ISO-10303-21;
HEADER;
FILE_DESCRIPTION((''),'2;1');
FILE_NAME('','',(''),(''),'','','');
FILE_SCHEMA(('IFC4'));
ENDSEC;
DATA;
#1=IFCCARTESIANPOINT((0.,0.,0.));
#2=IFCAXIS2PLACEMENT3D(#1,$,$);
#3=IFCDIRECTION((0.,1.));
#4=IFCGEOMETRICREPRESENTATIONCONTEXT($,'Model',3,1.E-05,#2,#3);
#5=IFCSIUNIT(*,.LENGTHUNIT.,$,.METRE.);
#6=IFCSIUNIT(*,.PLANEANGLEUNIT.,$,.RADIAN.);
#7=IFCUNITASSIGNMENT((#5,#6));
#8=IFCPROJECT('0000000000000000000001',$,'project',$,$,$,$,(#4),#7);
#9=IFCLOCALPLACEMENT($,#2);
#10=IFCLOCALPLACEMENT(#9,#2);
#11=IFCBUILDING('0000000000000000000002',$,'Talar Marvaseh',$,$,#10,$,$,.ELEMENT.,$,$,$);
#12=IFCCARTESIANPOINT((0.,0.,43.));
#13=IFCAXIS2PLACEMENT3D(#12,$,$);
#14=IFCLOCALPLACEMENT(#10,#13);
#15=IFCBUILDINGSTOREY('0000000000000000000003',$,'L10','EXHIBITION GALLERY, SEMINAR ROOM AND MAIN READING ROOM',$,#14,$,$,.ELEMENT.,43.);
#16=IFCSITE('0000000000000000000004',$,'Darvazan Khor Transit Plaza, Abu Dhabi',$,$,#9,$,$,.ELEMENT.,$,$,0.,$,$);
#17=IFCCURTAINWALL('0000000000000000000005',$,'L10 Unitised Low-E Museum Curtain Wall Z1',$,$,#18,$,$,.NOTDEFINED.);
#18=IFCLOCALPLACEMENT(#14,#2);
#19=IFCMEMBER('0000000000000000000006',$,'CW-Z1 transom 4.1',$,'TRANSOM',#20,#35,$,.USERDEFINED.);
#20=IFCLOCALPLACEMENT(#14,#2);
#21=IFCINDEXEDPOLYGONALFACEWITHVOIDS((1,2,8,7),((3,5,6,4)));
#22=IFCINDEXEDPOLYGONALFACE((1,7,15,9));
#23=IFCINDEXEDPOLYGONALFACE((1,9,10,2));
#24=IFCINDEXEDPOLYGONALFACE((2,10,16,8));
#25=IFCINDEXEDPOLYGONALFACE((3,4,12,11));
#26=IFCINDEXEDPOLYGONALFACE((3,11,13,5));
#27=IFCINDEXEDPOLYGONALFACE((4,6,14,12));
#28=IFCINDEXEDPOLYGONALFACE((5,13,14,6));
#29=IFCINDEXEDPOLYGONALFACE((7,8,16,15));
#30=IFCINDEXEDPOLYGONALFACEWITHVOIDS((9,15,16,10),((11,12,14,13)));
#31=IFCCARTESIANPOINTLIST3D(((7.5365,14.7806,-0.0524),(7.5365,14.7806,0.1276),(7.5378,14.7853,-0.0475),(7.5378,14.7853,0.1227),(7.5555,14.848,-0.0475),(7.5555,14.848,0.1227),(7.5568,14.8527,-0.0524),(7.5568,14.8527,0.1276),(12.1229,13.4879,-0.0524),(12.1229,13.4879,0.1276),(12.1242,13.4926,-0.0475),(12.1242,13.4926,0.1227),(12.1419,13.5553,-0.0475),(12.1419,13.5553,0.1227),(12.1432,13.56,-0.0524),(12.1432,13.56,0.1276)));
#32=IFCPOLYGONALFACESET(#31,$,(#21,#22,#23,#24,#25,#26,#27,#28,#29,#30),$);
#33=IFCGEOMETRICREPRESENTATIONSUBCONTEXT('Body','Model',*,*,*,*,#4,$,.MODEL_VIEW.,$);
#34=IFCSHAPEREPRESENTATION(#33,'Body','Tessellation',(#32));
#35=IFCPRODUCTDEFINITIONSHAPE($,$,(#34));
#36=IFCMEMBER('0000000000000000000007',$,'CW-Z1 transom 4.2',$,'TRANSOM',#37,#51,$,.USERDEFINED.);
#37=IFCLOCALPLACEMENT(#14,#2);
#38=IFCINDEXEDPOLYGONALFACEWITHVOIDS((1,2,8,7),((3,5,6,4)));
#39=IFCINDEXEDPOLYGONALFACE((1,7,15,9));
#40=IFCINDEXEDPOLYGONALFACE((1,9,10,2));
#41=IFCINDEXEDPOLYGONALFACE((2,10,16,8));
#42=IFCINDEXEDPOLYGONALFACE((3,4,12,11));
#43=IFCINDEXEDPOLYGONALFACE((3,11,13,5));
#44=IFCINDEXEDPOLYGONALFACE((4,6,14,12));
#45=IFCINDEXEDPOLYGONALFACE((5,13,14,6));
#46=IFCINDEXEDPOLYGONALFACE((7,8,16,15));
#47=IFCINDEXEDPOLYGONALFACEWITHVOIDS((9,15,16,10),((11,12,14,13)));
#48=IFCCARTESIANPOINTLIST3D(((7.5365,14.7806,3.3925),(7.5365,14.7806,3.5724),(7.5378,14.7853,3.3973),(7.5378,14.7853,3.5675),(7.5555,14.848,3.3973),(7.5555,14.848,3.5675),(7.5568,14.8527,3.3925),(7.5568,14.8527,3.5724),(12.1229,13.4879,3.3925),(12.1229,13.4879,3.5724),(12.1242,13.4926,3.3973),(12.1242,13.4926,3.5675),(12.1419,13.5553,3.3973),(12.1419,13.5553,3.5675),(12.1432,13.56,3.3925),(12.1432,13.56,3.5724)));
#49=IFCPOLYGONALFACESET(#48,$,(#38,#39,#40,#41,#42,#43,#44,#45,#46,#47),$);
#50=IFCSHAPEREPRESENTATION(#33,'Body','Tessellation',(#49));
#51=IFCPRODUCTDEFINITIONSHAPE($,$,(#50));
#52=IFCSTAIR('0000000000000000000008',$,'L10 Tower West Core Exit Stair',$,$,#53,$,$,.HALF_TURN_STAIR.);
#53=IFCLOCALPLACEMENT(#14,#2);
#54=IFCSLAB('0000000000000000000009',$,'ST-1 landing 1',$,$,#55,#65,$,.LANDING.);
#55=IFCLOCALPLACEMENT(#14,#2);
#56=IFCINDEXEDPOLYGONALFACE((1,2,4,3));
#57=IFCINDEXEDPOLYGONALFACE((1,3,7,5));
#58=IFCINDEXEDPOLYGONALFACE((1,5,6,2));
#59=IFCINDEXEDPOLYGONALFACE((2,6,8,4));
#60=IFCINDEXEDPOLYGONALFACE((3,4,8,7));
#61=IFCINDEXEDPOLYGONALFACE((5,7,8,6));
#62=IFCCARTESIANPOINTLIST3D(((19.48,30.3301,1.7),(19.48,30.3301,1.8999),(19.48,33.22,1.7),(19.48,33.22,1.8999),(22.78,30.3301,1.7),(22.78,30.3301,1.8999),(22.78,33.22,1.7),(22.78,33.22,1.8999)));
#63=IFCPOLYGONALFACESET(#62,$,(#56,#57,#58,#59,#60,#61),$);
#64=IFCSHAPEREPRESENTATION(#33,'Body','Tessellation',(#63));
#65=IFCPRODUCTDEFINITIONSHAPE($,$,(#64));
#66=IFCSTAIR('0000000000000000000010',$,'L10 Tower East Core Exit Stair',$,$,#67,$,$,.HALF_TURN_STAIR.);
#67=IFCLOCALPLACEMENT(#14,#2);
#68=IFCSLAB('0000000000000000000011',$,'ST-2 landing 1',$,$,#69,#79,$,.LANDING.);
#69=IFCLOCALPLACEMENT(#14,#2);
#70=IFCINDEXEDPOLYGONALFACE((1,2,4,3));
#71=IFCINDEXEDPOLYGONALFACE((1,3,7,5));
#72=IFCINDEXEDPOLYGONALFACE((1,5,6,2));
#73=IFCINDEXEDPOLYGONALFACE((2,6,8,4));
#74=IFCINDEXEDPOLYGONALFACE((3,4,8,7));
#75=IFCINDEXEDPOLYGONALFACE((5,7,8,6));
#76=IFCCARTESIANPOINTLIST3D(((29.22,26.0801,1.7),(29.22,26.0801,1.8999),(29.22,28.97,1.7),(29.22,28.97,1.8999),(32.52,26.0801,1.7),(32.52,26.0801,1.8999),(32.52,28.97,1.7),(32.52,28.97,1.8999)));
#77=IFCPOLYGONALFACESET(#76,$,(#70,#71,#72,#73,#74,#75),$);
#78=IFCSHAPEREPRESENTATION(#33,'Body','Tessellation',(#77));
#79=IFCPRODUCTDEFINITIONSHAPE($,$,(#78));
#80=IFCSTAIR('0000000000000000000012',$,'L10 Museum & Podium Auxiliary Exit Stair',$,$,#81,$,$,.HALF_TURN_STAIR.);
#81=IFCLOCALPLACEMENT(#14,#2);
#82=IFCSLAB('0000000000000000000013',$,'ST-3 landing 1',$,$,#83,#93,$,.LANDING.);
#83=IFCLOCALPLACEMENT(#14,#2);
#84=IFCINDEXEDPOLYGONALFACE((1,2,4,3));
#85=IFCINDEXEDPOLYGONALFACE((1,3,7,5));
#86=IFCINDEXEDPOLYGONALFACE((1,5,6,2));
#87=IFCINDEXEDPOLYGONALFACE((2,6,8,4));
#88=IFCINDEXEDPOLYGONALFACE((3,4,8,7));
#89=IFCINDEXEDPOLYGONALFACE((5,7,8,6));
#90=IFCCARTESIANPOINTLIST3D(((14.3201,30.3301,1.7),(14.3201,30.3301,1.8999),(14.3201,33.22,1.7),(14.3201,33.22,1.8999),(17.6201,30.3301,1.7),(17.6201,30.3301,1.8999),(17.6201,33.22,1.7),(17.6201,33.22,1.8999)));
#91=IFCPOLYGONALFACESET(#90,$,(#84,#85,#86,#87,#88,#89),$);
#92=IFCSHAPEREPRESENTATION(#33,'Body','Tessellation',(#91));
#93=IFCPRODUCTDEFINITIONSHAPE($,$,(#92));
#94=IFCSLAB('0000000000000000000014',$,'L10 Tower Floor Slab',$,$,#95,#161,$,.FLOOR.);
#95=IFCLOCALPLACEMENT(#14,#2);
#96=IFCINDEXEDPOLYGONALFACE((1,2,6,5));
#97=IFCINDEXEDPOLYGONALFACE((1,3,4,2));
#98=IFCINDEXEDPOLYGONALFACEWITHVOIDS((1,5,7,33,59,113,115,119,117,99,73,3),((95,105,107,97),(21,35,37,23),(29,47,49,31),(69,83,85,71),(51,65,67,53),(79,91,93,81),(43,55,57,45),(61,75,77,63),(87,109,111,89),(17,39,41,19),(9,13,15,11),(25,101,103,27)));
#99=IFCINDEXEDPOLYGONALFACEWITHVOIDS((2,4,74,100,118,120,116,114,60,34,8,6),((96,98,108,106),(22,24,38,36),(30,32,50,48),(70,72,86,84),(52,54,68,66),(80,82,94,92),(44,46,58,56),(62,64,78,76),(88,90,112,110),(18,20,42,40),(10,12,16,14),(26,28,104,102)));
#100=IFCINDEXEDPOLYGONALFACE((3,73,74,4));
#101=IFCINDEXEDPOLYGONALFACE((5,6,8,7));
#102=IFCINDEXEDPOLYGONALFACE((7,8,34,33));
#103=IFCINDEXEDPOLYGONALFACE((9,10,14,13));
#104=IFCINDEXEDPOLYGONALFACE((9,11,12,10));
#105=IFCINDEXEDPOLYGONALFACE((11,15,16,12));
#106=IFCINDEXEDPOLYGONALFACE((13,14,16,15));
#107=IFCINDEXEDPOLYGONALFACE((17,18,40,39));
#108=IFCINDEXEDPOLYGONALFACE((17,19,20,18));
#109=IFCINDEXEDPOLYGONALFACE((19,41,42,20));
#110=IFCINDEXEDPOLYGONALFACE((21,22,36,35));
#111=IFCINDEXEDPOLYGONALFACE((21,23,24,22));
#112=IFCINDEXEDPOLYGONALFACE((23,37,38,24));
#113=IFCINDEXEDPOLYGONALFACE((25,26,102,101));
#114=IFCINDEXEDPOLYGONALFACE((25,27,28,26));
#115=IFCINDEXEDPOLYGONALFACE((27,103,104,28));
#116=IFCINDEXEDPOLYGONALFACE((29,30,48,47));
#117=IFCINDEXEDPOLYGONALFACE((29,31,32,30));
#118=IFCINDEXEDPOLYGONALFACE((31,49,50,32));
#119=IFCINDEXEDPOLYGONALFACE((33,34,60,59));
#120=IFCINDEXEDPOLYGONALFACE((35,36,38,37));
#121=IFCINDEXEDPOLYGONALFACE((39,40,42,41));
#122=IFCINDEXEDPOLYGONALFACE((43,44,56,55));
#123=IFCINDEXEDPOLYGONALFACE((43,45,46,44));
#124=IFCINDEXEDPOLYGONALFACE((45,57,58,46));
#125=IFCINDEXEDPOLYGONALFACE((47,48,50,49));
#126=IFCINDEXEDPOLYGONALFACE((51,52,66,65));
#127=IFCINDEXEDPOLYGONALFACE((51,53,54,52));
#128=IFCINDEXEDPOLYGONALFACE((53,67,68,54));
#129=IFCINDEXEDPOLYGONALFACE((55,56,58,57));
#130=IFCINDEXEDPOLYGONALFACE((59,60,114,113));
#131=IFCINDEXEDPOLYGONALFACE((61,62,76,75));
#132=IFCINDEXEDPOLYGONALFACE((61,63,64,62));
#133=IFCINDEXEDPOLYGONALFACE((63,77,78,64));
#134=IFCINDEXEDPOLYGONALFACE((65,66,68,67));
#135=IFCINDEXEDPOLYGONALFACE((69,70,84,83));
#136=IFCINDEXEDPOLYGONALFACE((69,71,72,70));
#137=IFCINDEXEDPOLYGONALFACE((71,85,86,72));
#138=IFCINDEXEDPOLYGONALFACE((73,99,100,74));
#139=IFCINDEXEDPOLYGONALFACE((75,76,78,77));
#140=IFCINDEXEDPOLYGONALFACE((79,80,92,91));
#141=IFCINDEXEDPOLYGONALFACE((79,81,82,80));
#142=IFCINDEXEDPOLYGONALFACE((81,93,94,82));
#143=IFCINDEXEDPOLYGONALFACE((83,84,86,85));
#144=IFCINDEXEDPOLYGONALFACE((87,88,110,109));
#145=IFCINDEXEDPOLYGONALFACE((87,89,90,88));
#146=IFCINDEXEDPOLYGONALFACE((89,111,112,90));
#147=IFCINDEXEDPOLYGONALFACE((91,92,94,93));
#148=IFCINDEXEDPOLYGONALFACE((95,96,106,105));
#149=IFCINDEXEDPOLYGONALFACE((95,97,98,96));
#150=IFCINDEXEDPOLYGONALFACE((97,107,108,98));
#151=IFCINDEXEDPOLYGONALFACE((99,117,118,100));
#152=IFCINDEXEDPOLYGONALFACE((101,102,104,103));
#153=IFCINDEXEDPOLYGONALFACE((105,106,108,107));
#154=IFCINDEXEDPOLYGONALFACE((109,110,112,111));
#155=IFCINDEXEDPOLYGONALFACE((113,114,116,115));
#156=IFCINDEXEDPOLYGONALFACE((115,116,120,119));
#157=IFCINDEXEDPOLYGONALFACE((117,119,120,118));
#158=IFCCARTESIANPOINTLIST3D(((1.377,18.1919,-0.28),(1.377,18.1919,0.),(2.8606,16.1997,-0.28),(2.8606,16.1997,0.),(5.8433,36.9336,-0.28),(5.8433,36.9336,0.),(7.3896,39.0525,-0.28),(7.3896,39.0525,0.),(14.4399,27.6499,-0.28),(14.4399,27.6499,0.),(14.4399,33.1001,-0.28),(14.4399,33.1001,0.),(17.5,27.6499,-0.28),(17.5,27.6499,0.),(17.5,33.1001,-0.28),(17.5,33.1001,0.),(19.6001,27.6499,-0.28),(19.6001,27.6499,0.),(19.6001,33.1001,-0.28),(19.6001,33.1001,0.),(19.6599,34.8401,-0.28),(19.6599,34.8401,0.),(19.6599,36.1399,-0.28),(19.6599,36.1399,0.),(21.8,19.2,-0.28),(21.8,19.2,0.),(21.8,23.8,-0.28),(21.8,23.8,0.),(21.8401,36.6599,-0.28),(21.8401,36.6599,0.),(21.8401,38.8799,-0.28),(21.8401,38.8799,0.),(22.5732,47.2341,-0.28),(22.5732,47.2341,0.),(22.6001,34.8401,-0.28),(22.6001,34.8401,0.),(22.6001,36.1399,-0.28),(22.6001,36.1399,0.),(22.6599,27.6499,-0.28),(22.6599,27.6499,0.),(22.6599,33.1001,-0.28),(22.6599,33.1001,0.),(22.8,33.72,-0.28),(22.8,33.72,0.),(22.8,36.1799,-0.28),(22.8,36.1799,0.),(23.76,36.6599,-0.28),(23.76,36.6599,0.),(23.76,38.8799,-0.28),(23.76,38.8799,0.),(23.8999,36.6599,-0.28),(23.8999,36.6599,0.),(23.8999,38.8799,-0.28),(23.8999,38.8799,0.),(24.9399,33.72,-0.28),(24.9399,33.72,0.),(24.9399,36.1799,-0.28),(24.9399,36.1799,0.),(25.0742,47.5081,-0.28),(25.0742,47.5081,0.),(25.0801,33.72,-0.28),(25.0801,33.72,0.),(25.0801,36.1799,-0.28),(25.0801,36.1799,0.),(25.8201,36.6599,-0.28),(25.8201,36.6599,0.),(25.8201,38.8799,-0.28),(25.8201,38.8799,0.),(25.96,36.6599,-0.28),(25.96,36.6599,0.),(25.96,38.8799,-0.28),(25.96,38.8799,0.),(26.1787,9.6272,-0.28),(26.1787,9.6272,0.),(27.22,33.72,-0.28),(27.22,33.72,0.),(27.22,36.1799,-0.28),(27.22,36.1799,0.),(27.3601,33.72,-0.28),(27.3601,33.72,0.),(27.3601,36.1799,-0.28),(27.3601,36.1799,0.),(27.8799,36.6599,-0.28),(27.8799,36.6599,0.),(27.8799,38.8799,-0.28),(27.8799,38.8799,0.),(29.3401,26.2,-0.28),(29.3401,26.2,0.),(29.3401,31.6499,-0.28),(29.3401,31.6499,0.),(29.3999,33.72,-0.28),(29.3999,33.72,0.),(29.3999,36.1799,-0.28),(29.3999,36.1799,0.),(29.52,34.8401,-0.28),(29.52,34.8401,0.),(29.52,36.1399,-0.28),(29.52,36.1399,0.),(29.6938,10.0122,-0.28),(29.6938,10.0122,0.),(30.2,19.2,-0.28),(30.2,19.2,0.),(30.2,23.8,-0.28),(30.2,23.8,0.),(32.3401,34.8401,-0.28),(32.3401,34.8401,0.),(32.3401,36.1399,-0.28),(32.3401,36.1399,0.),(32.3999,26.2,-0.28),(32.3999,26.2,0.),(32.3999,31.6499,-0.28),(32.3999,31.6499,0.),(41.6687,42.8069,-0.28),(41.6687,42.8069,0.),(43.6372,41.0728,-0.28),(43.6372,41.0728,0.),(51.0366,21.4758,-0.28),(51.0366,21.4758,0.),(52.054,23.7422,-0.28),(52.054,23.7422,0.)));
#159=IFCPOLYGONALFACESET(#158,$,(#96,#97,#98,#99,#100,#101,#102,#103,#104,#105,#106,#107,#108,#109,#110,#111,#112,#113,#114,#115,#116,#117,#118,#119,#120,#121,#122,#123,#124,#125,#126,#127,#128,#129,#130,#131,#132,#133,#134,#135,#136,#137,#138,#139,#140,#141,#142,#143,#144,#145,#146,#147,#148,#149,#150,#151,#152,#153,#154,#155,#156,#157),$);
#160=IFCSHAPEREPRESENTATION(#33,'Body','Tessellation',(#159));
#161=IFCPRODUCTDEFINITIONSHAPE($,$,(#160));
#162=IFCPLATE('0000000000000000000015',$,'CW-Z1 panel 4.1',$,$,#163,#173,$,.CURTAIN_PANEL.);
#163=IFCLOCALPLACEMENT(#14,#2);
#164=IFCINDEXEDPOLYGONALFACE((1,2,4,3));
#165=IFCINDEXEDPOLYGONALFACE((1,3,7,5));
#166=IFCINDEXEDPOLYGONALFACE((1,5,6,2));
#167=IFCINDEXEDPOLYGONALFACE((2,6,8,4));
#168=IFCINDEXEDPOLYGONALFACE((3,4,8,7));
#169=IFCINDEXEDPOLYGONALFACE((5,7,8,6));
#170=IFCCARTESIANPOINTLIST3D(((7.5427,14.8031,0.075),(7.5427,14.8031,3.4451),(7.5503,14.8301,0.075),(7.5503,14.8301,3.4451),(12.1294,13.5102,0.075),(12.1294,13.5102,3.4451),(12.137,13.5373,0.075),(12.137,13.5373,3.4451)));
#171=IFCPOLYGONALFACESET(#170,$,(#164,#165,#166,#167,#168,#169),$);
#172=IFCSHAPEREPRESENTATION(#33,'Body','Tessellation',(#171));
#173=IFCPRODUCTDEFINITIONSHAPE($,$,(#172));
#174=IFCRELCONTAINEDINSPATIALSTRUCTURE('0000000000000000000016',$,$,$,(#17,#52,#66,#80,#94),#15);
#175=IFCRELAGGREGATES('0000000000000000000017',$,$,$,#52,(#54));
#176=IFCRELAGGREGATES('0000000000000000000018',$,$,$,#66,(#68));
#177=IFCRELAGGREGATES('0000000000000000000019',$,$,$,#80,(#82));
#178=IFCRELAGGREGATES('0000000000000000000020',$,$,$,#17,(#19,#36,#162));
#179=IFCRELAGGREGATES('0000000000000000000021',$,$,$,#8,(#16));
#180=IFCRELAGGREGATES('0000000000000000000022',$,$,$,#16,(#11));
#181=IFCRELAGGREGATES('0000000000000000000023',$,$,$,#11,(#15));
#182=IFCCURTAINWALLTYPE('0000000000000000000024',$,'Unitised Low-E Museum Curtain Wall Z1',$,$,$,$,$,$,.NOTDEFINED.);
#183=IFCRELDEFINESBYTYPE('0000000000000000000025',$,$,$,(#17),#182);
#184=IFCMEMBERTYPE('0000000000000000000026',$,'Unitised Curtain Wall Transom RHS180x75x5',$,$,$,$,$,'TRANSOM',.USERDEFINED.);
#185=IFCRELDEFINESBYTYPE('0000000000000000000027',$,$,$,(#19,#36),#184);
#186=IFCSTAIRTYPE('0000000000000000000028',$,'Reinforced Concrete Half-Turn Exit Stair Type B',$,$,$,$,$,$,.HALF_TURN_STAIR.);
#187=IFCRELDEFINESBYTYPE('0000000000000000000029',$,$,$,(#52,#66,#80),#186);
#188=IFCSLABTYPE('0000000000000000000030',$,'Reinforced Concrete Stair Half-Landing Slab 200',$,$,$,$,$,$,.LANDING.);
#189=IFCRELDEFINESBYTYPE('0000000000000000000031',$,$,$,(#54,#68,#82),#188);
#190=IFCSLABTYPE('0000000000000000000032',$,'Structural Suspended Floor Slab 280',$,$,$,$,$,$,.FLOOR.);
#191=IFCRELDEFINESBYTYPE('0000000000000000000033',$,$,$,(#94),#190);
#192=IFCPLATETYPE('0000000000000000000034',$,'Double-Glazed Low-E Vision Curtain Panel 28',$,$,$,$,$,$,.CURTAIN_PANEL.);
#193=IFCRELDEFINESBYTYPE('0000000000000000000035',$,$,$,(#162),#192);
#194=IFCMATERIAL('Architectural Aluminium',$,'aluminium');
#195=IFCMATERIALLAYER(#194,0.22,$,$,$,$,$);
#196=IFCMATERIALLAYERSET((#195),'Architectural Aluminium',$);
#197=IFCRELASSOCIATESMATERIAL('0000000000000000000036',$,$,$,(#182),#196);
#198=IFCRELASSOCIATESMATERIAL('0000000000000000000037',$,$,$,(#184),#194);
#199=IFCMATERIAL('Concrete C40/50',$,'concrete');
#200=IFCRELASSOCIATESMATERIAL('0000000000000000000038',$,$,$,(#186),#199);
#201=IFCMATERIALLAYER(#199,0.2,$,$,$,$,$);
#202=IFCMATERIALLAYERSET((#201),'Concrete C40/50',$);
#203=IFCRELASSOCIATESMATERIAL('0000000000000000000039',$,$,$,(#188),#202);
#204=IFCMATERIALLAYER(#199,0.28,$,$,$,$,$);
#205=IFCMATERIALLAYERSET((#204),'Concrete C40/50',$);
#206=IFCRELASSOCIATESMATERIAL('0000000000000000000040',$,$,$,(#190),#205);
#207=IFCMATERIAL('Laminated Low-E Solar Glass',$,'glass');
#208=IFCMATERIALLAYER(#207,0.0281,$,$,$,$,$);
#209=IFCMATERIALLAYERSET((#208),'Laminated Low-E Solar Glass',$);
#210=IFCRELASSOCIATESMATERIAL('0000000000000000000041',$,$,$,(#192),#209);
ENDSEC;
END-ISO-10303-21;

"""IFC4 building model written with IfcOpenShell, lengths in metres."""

from ifc_helpers import new_model, si_unit, direction, frame, origin, origin_2d, place, context, subcontext, project, spatial, polyline, rectangle, hollow_rectangle, outline, extrude, source, transform, mapped, material, layer, layer_set, material_profile, profile_set, type_object, type_shapes, element, aggregate, save


model = new_model("IFC4")

# Units and contexts
model_context = context("Model", 3, precision=1e-05, world=origin(), true_north=direction((0.0, 1.0)))
body_context = subcontext(model_context, "Body", "Model", "MODEL_VIEW")
ifc_project = project(units=[si_unit("LENGTHUNIT", "METRE"), si_unit("PLANEANGLEUNIT", "RADIAN")], contexts=[model_context])

# Site, building, storey
site_placement = place(None, origin())
site = spatial("IfcSite", under=ifc_project, at=site_placement, Name="Darvazan Khor Transit Plaza, Abu Dhabi", CompositionType="ELEMENT", RefElevation=0.0)
building_placement = place(site_placement, origin())
building = spatial("IfcBuilding", under=site, at=building_placement, Name="Talar Marvaseh", CompositionType="ELEMENT")
storey_placement = place(building_placement, frame((0.0, 0.0, 43.0)))
storey = spatial("IfcBuildingStorey", under=building, at=storey_placement, Name="L10", Description="EXHIBITION GALLERY, SEMINAR ROOM AND MAIN READING ROOM", CompositionType="ELEMENT", Elevation=43.0)

# Curtain wall, members
ifc_material_1 = material(Name="Architectural Aluminium", Category="aluminium")
ifc_layer_1 = layer(ifc_material_1, 0.22)
ifc_layer_set_1 = layer_set([ifc_layer_1], Name="Architectural Aluminium")
curtain_wall_type = type_object("IfcCurtainWallType", Name="Unitised Low-E Museum Curtain Wall Z1", PredefinedType="NOTDEFINED", material=ifc_layer_set_1)
curtain_wall_placement = place(storey_placement, origin())
curtain_wall = element("IfcCurtainWall", 1, at=curtain_wall_placement, inside=storey, type_object=curtain_wall_type, Name="L10 Unitised Low-E Museum Curtain Wall Z1", PredefinedType="NOTDEFINED")
ifc_material_profile = material_profile(ifc_material_1, hollow_rectangle(XDim=0.075, YDim=0.1799, WallThickness=0.0049, at=origin_2d()), Name="RHS180x75x5")
ifc_profile_set = profile_set([ifc_material_profile], Name="Architectural Aluminium")
member_type = type_object("IfcMemberType", Name="Unitised Curtain Wall Transom RHS180x75x5", ElementType="TRANSOM", PredefinedType="USERDEFINED", material=ifc_profile_set)
shared_shape_1 = source(origin(), body_context, "Body", "SweptSolid", [
    extrude(hollow_rectangle(XDim=0.075, YDim=0.1799, WallThickness=0.0049, at=origin_2d()), origin(), (0.0, 0.0, 1.0), 4.7651),
])
type_shapes(member_type, [shared_shape_1])
member_1_placement = place(storey_placement, frame((12.1331, 13.5239, 0.0376), z_axis=(-0.962498, 0.271289, 0.0), x_axis=(-0.271289, -0.962498, 0.0)))
member_1 = element("IfcMember", 2, at=member_1_placement, type_object=member_type, Name="CW-Z1 transom 4.1", ObjectType="TRANSOM", PredefinedType="USERDEFINED", context=body_context, shape_type="MappedRepresentation", body=[
    mapped(shared_shape_1, transform((0.0, 0.0, 0.0), x_axis=(1.0, 0.0, 0.0), y_axis=(0.0, 1.0, 0.0), z_axis=(0.0, 0.0, 1.0), scale=1.0)),
])
member_2_placement = place(storey_placement, frame((12.1331, 13.5239, 3.4824), z_axis=(-0.962498, 0.271289, 0.0), x_axis=(-0.271289, -0.962498, 0.0)))
member_2 = element("IfcMember", 3, at=member_2_placement, type_object=member_type, Name="CW-Z1 transom 4.2", ObjectType="TRANSOM", PredefinedType="USERDEFINED", context=body_context, shape_type="MappedRepresentation", body=[
    mapped(shared_shape_1, transform((0.0, 0.0, 0.0), x_axis=(1.0, 0.0, 0.0), y_axis=(0.0, 1.0, 0.0), z_axis=(0.0, 0.0, 1.0), scale=1.0)),
])

# Stairs, slabs
ifc_material_2 = material(Name="Concrete C40/50", Category="concrete")
stair_type = type_object("IfcStairType", Name="Reinforced Concrete Half-Turn Exit Stair Type B", PredefinedType="HALF_TURN_STAIR", material=ifc_material_2)
stair_1_placement = place(storey_placement, origin())
stair_1 = element("IfcStair", 4, at=stair_1_placement, inside=storey, type_object=stair_type, Name="L10 Tower West Core Exit Stair", PredefinedType="HALF_TURN_STAIR")
ifc_layer_2 = layer(ifc_material_2, 0.2)
ifc_layer_set_2 = layer_set([ifc_layer_2], Name="Concrete C40/50")
slab_type_1 = type_object("IfcSlabType", Name="Reinforced Concrete Stair Half-Landing Slab 200", PredefinedType="LANDING", material=ifc_layer_set_2)
slab_1_placement = place(storey_placement, frame((0.0, 0.0, 1.7)))
slab_1 = element("IfcSlab", 5, at=slab_1_placement, type_object=slab_type_1, Name="ST-1 landing 1", PredefinedType="LANDING", context=body_context, shape_type="SweptSolid", body=[
    extrude(outline(polyline([(22.78, 30.3301), (22.78, 33.22), (19.48, 33.22), (19.48, 30.3301), (22.78, 30.3301)])), origin(), (0.0, 0.0, 1.0), 0.2),
])
aggregate(stair_1, [slab_1])
stair_2_placement = place(storey_placement, origin())
stair_2 = element("IfcStair", 6, at=stair_2_placement, inside=storey, type_object=stair_type, Name="L10 Tower East Core Exit Stair", PredefinedType="HALF_TURN_STAIR")
slab_2_placement = place(storey_placement, frame((0.0, 0.0, 1.7)))
slab_2 = element("IfcSlab", 7, at=slab_2_placement, type_object=slab_type_1, Name="ST-2 landing 1", PredefinedType="LANDING", context=body_context, shape_type="SweptSolid", body=[
    extrude(outline(polyline([(29.22, 28.97), (29.22, 26.0801), (32.52, 26.0801), (32.52, 28.97), (29.22, 28.97)])), origin(), (0.0, 0.0, 1.0), 0.2),
])
aggregate(stair_2, [slab_2])
stair_3_placement = place(storey_placement, origin())
stair_3 = element("IfcStair", 8, at=stair_3_placement, inside=storey, type_object=stair_type, Name="L10 Museum & Podium Auxiliary Exit Stair", PredefinedType="HALF_TURN_STAIR")
slab_3_placement = place(storey_placement, frame((0.0, 0.0, 1.7)))
slab_3 = element("IfcSlab", 9, at=slab_3_placement, type_object=slab_type_1, Name="ST-3 landing 1", PredefinedType="LANDING", context=body_context, shape_type="SweptSolid", body=[
    extrude(outline(polyline([(17.6201, 30.3301), (17.6201, 33.22), (14.3201, 33.22), (14.3201, 30.3301), (17.6201, 30.3301)])), origin(), (0.0, 0.0, 1.0), 0.2),
])
aggregate(stair_3, [slab_3])

# Slab
ifc_layer_3 = layer(ifc_material_2, 0.28)
ifc_layer_set_3 = layer_set([ifc_layer_3], Name="Concrete C40/50")
slab_type_2 = type_object("IfcSlabType", Name="Structural Suspended Floor Slab 280", PredefinedType="FLOOR", material=ifc_layer_set_3)
slab_4_placement = place(storey_placement, frame((0.0, 0.0, -0.28)))
element("IfcSlab", 10, at=slab_4_placement, inside=storey, type_object=slab_type_2, Name="L10 Tower Floor Slab", PredefinedType="FLOOR", context=body_context, shape_type="SweptSolid", body=[
    extrude(outline(polyline([(2.8606, 16.1997), (1.377, 18.1919), (5.8433, 36.9336), (7.3896, 39.0525), (22.5732, 47.2341), (25.0742, 47.5081), (41.6687, 42.8069), (43.6372, 41.0728), (52.054, 23.7422), (51.0366, 21.4758), (29.6938, 10.0122), (26.1787, 9.6272), (2.8606, 16.1997)]), holes=[polyline([(22.6599, 27.6499), (22.6599, 33.1001), (19.6001, 33.1001), (19.6001, 27.6499), (22.6599, 27.6499)]), polyline([(29.3401, 31.6499), (29.3401, 26.2), (32.3999, 26.2), (32.3999, 31.6499), (29.3401, 31.6499)]), polyline([(17.5, 27.6499), (17.5, 33.1001), (14.4399, 33.1001), (14.4399, 27.6499), (17.5, 27.6499)]), polyline([(22.8, 33.72), (24.9399, 33.72), (24.9399, 36.1799), (22.8, 36.1799), (22.8, 33.72)]), polyline([(25.0801, 33.72), (27.22, 33.72), (27.22, 36.1799), (25.0801, 36.1799), (25.0801, 33.72)]), polyline([(27.3601, 33.72), (29.3999, 33.72), (29.3999, 36.1799), (27.3601, 36.1799), (27.3601, 33.72)]), polyline([(21.8401, 36.6599), (23.76, 36.6599), (23.76, 38.8799), (21.8401, 38.8799), (21.8401, 36.6599)]), polyline([(23.8999, 36.6599), (25.8201, 36.6599), (25.8201, 38.8799), (23.8999, 38.8799), (23.8999, 36.6599)]), polyline([(25.96, 36.6599), (27.8799, 36.6599), (27.8799, 38.8799), (25.96, 38.8799), (25.96, 36.6599)]), polyline([(19.6599, 34.8401), (22.6001, 34.8401), (22.6001, 36.1399), (19.6599, 36.1399), (19.6599, 34.8401)]), polyline([(29.52, 34.8401), (32.3401, 34.8401), (32.3401, 36.1399), (29.52, 36.1399), (29.52, 34.8401)]), polyline([(21.8, 19.2), (30.2, 19.2), (30.2, 23.8), (21.8, 23.8), (21.8, 19.2)])]), origin(), (0.0, 0.0, 1.0), 0.28),
])

# Plate
ifc_material_3 = material(Name="Laminated Low-E Solar Glass", Category="glass")
ifc_layer_4 = layer(ifc_material_3, 0.0281)
ifc_layer_set_4 = layer_set([ifc_layer_4], Name="Laminated Low-E Solar Glass")
plate_type = type_object("IfcPlateType", Name="Double-Glazed Low-E Vision Curtain Panel 28", PredefinedType="CURTAIN_PANEL", material=ifc_layer_set_4)
shared_shape_2 = source(origin(), body_context, "Body", "SweptSolid", [
    extrude(rectangle(XDim=4.7654, YDim=0.0281, at=origin_2d()), origin(), (0.0, 0.0, 1.0), 3.3701),
])
type_shapes(plate_type, [shared_shape_2])
plate_placement = place(storey_placement, frame((9.8398, 14.1702, 0.075), z_axis=(0.0, 0.0, 1.0), x_axis=(-0.962497, 0.271292, 0.0)))
plate = element("IfcPlate", 11, at=plate_placement, type_object=plate_type, Name="CW-Z1 panel 4.1", PredefinedType="CURTAIN_PANEL", context=body_context, shape_type="MappedRepresentation", body=[
    mapped(shared_shape_2, transform((0.0, 0.0, 0.0), x_axis=(1.0, 0.0, 0.0), y_axis=(0.0, 1.0, 0.0), z_axis=(0.0, 0.0, 1.0), scale=1.0)),
])
aggregate(curtain_wall, [member_1, member_2, plate])

save(model, "model.ifc")
